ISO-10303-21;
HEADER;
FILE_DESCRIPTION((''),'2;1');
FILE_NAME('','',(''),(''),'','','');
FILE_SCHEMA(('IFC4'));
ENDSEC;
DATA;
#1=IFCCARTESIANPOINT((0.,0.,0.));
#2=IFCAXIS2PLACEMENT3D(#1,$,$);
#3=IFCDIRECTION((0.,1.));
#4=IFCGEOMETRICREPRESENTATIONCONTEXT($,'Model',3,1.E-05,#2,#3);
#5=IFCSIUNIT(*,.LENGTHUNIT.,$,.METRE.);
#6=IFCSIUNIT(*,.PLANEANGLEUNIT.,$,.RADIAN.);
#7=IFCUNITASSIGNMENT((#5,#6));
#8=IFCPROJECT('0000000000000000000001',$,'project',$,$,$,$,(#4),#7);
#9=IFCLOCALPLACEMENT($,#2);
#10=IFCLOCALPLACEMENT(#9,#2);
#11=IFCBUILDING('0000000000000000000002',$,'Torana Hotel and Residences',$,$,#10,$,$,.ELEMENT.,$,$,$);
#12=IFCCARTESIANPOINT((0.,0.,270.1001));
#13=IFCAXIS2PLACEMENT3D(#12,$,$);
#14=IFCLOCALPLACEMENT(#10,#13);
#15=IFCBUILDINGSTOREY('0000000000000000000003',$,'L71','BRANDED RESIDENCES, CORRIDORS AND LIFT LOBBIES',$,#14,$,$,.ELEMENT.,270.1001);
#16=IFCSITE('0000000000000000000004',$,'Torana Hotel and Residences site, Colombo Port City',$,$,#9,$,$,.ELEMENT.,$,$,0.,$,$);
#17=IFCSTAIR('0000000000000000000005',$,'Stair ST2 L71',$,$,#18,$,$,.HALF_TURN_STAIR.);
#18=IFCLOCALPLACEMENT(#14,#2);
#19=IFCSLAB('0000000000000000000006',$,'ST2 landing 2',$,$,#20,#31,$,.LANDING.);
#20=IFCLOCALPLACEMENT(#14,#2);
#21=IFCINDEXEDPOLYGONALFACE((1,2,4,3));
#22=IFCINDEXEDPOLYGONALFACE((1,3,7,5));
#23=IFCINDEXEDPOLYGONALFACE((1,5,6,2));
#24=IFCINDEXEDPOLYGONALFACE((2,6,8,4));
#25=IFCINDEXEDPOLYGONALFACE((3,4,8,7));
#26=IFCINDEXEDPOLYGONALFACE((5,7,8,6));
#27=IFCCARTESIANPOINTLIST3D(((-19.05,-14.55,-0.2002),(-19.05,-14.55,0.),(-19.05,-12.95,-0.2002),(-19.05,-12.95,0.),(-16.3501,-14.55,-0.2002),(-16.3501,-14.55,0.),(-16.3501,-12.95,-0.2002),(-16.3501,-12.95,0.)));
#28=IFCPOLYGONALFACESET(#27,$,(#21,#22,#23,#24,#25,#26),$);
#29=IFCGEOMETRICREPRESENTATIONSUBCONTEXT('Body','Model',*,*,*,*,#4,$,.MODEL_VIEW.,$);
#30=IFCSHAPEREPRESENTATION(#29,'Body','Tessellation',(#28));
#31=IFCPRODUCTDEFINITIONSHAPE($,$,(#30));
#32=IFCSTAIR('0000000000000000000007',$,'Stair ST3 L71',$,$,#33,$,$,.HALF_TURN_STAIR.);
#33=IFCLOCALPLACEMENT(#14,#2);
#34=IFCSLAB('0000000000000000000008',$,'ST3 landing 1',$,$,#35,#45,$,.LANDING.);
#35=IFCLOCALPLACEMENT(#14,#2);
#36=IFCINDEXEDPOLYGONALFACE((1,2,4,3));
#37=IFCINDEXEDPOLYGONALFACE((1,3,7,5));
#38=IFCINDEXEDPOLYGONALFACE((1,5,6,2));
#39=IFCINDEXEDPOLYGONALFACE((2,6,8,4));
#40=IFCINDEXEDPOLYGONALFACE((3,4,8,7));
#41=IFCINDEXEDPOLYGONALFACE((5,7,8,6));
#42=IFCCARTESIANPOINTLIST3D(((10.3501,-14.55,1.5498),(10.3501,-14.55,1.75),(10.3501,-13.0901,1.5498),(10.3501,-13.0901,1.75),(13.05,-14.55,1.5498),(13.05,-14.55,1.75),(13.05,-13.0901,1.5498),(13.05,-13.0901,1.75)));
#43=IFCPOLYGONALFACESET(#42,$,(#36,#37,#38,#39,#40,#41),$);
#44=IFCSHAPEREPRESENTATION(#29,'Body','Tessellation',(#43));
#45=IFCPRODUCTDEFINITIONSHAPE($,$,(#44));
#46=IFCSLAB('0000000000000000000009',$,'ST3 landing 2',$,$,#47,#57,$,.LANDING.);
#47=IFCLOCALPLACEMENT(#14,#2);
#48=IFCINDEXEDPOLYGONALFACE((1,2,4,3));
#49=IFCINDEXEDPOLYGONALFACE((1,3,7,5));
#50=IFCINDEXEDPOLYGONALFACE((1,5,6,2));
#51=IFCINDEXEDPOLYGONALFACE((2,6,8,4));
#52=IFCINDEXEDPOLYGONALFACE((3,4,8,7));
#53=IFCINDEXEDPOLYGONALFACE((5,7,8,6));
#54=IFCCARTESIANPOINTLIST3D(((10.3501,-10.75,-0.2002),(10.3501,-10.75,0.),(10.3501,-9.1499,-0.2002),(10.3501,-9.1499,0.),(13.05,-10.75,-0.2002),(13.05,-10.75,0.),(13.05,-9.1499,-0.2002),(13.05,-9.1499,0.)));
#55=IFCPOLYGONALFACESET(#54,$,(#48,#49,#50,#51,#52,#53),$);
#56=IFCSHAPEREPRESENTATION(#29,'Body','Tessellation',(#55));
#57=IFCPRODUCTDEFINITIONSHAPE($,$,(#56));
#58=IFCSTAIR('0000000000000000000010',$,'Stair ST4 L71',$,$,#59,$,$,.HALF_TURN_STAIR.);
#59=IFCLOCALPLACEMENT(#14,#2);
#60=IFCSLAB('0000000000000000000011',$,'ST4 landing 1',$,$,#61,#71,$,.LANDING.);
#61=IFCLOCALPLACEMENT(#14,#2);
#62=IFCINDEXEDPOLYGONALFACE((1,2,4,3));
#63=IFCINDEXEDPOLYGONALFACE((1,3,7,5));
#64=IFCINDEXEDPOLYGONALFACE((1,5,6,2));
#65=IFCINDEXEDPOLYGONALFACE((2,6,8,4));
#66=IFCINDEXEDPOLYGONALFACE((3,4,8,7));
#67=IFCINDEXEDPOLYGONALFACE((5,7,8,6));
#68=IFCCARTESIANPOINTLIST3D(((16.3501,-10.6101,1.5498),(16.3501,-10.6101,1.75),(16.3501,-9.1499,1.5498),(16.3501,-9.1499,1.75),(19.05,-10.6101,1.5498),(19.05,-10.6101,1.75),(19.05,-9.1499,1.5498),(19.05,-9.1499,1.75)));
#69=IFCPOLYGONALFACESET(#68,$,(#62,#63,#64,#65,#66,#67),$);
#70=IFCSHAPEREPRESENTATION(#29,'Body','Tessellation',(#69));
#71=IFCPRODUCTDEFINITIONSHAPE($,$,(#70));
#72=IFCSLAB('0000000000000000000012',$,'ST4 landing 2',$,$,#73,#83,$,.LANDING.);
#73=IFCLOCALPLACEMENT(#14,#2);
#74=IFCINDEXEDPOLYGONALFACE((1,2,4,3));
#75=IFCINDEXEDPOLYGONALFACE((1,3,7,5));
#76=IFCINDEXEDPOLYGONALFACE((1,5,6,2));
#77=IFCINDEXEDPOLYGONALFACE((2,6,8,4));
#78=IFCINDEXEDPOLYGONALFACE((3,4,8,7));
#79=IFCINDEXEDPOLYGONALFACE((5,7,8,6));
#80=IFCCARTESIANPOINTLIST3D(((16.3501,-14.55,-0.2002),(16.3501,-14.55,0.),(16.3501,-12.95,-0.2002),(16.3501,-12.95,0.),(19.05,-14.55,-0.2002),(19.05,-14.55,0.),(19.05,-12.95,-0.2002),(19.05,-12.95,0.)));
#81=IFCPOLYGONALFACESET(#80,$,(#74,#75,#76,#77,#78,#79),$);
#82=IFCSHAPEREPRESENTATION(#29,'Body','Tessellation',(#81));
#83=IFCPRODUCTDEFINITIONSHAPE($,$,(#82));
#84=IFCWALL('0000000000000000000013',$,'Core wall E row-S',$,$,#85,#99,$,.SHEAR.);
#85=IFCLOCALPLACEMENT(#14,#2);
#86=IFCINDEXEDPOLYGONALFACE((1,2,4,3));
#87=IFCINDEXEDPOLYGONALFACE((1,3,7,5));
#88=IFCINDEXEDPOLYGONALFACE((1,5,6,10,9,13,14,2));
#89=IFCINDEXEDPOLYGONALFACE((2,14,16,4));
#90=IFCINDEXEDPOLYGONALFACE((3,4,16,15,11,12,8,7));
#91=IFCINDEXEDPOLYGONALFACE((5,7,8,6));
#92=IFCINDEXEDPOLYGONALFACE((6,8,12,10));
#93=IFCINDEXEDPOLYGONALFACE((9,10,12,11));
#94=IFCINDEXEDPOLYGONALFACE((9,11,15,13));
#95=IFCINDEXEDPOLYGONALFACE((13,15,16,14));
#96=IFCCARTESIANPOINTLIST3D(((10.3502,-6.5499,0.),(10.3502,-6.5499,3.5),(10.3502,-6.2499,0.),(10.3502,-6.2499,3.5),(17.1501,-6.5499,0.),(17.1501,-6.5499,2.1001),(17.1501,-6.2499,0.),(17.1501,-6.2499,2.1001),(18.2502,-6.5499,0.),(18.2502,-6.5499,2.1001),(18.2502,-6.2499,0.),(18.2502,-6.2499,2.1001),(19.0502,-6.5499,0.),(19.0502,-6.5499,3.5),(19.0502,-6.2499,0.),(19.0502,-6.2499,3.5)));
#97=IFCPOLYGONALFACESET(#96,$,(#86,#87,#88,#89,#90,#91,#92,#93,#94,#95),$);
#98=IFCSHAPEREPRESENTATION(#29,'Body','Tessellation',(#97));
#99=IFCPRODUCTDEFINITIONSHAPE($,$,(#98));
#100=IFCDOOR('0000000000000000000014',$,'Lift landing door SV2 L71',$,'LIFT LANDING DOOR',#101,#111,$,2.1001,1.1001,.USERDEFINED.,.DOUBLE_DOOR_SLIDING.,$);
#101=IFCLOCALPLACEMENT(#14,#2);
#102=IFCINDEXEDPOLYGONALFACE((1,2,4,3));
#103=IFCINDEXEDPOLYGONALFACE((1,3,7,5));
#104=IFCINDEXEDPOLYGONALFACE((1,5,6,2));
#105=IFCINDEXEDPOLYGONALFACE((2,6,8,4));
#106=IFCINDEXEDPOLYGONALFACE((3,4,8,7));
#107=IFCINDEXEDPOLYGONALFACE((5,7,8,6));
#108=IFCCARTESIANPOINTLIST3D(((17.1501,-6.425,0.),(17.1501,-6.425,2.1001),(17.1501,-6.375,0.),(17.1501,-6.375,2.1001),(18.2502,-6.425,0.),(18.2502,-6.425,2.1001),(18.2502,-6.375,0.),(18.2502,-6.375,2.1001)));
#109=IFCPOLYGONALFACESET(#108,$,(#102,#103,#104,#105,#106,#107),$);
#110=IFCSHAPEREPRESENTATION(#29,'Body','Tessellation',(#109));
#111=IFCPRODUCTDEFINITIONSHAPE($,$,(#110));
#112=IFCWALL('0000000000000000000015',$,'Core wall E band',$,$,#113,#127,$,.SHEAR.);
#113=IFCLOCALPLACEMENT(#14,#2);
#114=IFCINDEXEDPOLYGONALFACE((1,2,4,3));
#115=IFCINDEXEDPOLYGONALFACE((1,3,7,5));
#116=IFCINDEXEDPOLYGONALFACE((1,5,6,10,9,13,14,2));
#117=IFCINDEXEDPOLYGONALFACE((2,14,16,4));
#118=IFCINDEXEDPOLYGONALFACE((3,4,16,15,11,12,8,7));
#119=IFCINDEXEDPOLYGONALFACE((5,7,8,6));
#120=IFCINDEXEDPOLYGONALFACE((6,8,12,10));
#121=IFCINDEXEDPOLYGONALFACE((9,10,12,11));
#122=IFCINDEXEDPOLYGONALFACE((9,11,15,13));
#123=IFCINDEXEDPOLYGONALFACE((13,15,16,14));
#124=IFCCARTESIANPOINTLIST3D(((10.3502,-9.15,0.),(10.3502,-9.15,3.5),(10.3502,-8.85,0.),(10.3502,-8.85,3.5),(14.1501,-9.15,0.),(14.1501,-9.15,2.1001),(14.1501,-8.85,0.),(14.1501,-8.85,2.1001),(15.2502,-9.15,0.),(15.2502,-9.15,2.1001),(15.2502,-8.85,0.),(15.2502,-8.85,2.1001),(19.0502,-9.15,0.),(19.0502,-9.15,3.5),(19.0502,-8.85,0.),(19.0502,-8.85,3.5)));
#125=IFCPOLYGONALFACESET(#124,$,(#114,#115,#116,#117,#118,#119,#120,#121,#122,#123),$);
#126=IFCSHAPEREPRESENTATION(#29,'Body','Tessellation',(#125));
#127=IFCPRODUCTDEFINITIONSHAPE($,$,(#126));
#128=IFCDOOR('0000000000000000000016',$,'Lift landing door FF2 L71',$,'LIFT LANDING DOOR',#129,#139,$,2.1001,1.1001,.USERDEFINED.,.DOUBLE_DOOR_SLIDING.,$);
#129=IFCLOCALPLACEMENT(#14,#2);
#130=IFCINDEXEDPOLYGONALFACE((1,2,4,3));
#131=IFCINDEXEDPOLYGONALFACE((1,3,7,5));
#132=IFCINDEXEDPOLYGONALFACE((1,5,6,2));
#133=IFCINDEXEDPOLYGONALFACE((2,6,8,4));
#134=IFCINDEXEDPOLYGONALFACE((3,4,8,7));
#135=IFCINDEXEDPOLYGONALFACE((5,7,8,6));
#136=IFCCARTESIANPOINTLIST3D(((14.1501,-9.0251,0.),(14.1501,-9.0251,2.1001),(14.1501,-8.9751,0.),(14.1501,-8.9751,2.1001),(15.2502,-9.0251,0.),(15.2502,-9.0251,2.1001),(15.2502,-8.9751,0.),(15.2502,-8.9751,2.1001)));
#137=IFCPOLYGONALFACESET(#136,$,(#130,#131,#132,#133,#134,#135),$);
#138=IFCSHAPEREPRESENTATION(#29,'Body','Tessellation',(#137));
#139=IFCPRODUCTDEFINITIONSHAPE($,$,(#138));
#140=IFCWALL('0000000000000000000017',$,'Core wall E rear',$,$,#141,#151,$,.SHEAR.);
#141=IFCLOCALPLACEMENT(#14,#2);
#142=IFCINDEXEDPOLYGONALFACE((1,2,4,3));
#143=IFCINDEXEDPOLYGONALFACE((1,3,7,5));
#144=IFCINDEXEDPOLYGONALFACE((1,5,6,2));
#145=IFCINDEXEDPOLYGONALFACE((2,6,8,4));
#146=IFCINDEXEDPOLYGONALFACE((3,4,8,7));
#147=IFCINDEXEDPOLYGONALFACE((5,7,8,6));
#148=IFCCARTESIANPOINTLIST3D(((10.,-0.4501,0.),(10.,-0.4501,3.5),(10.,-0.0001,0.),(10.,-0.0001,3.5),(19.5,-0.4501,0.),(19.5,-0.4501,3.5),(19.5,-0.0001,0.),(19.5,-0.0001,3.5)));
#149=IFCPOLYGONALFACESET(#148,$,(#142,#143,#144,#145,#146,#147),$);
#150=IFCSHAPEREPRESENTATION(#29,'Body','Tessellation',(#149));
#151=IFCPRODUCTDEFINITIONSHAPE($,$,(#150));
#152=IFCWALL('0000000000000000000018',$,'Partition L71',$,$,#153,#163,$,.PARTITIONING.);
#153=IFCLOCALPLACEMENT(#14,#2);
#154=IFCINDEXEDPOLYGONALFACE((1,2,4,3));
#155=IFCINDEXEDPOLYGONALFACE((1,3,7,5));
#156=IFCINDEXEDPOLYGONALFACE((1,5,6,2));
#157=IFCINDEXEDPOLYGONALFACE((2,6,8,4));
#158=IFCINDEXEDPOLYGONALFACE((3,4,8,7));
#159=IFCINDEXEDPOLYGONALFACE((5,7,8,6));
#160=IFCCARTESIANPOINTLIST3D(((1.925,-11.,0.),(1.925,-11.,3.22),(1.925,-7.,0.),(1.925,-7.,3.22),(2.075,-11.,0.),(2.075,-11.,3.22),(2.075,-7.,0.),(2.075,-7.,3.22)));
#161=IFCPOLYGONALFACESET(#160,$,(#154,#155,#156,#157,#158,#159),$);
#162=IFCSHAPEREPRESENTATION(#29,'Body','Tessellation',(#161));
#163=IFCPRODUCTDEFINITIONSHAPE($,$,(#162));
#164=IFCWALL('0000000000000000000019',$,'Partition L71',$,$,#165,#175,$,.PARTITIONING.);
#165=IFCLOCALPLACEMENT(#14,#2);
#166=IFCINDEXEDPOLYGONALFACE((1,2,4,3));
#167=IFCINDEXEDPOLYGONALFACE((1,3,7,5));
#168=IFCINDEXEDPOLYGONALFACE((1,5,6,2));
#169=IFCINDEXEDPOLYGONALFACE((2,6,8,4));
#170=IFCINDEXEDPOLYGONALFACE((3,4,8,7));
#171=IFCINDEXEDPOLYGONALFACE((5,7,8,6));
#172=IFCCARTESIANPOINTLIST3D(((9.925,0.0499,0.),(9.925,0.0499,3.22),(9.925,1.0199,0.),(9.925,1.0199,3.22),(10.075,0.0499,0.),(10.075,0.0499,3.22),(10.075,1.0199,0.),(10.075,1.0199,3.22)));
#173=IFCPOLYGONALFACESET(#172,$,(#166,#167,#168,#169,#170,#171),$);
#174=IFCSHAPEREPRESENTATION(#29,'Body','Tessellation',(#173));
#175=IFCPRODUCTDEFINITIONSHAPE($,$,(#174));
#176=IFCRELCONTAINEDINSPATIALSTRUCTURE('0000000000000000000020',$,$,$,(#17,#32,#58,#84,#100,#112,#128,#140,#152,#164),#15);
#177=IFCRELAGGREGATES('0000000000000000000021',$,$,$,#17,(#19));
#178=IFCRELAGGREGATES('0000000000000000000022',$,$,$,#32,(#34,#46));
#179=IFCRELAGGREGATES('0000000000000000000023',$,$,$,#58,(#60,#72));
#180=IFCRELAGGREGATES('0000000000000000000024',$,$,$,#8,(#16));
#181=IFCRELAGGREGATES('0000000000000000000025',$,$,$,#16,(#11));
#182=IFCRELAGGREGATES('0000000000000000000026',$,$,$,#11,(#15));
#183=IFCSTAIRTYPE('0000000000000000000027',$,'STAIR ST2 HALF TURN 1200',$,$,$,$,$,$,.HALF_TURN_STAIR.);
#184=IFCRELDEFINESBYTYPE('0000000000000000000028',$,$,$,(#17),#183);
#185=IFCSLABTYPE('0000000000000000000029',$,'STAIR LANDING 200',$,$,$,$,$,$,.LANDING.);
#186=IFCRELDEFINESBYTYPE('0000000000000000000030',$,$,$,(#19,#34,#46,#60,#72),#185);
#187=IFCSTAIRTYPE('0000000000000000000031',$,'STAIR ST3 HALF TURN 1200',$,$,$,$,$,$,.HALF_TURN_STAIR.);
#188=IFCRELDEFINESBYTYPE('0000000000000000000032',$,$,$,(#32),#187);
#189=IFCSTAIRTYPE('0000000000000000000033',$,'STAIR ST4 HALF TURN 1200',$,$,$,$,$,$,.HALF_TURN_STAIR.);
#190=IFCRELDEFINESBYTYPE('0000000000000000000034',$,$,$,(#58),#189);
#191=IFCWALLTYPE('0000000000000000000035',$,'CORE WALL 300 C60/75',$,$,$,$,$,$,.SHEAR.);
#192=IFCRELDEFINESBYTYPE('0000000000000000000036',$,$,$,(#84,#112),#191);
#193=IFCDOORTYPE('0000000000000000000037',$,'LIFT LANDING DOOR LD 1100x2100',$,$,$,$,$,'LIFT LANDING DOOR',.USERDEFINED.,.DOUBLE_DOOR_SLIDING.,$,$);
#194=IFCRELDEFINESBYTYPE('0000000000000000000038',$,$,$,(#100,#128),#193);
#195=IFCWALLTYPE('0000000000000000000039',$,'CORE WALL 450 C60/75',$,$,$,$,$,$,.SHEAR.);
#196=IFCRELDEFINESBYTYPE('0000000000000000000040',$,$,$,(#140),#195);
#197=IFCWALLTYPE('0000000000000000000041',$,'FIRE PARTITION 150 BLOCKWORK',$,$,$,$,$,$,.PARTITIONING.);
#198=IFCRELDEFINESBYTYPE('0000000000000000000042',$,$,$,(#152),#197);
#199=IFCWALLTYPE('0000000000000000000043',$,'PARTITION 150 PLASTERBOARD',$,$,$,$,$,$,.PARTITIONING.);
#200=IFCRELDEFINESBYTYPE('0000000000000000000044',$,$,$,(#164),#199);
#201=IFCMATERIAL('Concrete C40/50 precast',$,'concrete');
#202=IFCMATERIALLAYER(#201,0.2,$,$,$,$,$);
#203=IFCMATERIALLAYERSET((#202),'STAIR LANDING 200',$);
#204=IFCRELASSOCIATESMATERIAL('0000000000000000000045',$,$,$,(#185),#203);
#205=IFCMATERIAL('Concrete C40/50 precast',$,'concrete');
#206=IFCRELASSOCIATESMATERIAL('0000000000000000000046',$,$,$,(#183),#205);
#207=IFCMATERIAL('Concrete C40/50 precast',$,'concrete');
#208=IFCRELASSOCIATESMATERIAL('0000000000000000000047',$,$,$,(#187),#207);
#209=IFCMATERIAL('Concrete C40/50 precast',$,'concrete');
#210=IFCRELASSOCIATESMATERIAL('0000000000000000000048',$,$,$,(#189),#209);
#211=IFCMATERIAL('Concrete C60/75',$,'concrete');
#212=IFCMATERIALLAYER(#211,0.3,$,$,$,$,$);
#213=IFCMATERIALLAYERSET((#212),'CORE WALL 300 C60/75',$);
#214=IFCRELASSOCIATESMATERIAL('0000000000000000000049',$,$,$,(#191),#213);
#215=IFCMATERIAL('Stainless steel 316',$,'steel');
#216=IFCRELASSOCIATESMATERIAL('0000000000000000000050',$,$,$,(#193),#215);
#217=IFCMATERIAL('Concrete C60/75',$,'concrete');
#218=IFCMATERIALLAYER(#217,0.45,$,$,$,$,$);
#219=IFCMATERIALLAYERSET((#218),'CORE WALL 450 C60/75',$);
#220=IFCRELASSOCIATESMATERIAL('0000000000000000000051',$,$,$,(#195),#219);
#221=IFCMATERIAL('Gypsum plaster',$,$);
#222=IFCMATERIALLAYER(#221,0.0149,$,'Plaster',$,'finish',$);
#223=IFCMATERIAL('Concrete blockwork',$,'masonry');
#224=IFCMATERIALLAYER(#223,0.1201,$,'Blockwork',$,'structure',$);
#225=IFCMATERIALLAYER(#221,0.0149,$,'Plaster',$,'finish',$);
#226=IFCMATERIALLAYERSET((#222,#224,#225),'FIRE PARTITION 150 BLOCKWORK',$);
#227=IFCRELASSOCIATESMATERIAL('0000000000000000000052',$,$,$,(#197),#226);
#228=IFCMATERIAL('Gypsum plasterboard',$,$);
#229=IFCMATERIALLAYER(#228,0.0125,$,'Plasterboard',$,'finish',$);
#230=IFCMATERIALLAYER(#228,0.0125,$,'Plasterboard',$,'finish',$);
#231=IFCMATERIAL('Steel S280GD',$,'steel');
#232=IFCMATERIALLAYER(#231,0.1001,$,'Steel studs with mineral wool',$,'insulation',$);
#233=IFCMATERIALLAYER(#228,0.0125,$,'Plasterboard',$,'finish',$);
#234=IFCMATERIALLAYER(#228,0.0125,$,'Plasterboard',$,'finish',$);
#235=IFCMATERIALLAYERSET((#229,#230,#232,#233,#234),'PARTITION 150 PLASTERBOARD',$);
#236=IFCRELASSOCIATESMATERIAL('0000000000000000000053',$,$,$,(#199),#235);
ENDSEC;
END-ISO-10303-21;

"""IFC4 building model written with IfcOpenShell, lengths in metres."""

from ifc_helpers import new_model, si_unit, direction, frame, frame_2d, origin, place, context, subcontext, project, spatial, polyline, rectangle, outline, extrude, material, layer, layer_set, type_object, element, fill, aggregate, save


model = new_model("IFC4")

# Units and contexts
model_context = context("Model", 3, precision=1e-05, world=origin(), true_north=direction((0.0, 1.0)))
body_context = subcontext(model_context, "Body", "Model", "MODEL_VIEW")
ifc_project = project(units=[si_unit("LENGTHUNIT", "METRE"), si_unit("PLANEANGLEUNIT", "RADIAN")], contexts=[model_context])

# Site, building, storey
site_placement = place(None, origin())
site = spatial("IfcSite", under=ifc_project, at=site_placement, Name="Torana Hotel and Residences site, Colombo Port City", CompositionType="ELEMENT", RefElevation=0.0)
building_placement = place(site_placement, origin())
building = spatial("IfcBuilding", under=site, at=building_placement, Name="Torana Hotel and Residences", CompositionType="ELEMENT")
storey_placement = place(building_placement, frame((0.0, 0.0, 270.1001)))
storey = spatial("IfcBuildingStorey", under=building, at=storey_placement, Name="L71", Description="BRANDED RESIDENCES, CORRIDORS AND LIFT LOBBIES", CompositionType="ELEMENT", Elevation=270.1001)

# Stairs, slabs
ifc_material_1 = material(Name="Concrete C40/50 precast", Category="concrete")
ifc_layer_1 = layer(ifc_material_1, 0.2)
ifc_layer_set_1 = layer_set([ifc_layer_1], Name="STAIR LANDING 200")
slab_type_1 = type_object("IfcSlabType", Name="STAIR LANDING 200", PredefinedType="LANDING", material=ifc_layer_set_1)
ifc_material_2 = material(Name="Concrete C40/50 precast", Category="concrete")
stair_type_1 = type_object("IfcStairType", Name="STAIR ST2 HALF TURN 1200", PredefinedType="HALF_TURN_STAIR", material=ifc_material_2)
stair_1_placement = place(storey_placement, origin())
stair_1 = element("IfcStair", 1, at=stair_1_placement, inside=storey, type_object=stair_type_1, Name="Stair ST2 L71", PredefinedType="HALF_TURN_STAIR")
slab_1_placement = place(storey_placement, frame((0.0, 0.0, -0.2002)))
slab_1 = element("IfcSlab", 2, at=slab_1_placement, type_object=slab_type_1, Name="ST2 landing 2", PredefinedType="LANDING", context=body_context, shape_type="SweptSolid", body=[
    extrude(outline(polyline([(-19.05, -14.55), (-16.3501, -14.55), (-16.3501, -12.95), (-19.05, -12.95), (-19.05, -14.55)])), origin(), (0.0, 0.0, 1.0), 0.2002),
])
aggregate(stair_1, [slab_1])
ifc_material_3 = material(Name="Concrete C40/50 precast", Category="concrete")
stair_type_2 = type_object("IfcStairType", Name="STAIR ST3 HALF TURN 1200", PredefinedType="HALF_TURN_STAIR", material=ifc_material_3)
stair_2_placement = place(storey_placement, origin())
stair_2 = element("IfcStair", 3, at=stair_2_placement, inside=storey, type_object=stair_type_2, Name="Stair ST3 L71", PredefinedType="HALF_TURN_STAIR")
slab_2_placement = place(storey_placement, frame((0.0, 0.0, 1.5498)))
slab_2 = element("IfcSlab", 4, at=slab_2_placement, type_object=slab_type_1, Name="ST3 landing 1", PredefinedType="LANDING", context=body_context, shape_type="SweptSolid", body=[
    extrude(outline(polyline([(10.3501, -14.55), (13.05, -14.55), (13.05, -13.0901), (10.3501, -13.0901), (10.3501, -14.55)])), origin(), (0.0, 0.0, 1.0), 0.2002),
])
slab_3_placement = place(storey_placement, frame((0.0, 0.0, -0.2002)))
slab_3 = element("IfcSlab", 5, at=slab_3_placement, type_object=slab_type_1, Name="ST3 landing 2", PredefinedType="LANDING", context=body_context, shape_type="SweptSolid", body=[
    extrude(outline(polyline([(10.3501, -10.75), (13.05, -10.75), (13.05, -9.1499), (10.3501, -9.1499), (10.3501, -10.75)])), origin(), (0.0, 0.0, 1.0), 0.2002),
])
aggregate(stair_2, [slab_2, slab_3])
ifc_material_4 = material(Name="Concrete C40/50 precast", Category="concrete")
stair_type_3 = type_object("IfcStairType", Name="STAIR ST4 HALF TURN 1200", PredefinedType="HALF_TURN_STAIR", material=ifc_material_4)
stair_3_placement = place(storey_placement, origin())
stair_3 = element("IfcStair", 6, at=stair_3_placement, inside=storey, type_object=stair_type_3, Name="Stair ST4 L71", PredefinedType="HALF_TURN_STAIR")
slab_4_placement = place(storey_placement, frame((0.0, 0.0, 1.5498)))
slab_4 = element("IfcSlab", 7, at=slab_4_placement, type_object=slab_type_1, Name="ST4 landing 1", PredefinedType="LANDING", context=body_context, shape_type="SweptSolid", body=[
    extrude(outline(polyline([(16.3501, -10.6101), (19.05, -10.6101), (19.05, -9.1499), (16.3501, -9.1499), (16.3501, -10.6101)])), origin(), (0.0, 0.0, 1.0), 0.2002),
])
slab_5_placement = place(storey_placement, frame((0.0, 0.0, -0.2002)))
slab_5 = element("IfcSlab", 8, at=slab_5_placement, type_object=slab_type_1, Name="ST4 landing 2", PredefinedType="LANDING", context=body_context, shape_type="SweptSolid", body=[
    extrude(outline(polyline([(16.3501, -14.55), (19.05, -14.55), (19.05, -12.95), (16.3501, -12.95), (16.3501, -14.55)])), origin(), (0.0, 0.0, 1.0), 0.2002),
])
aggregate(stair_3, [slab_4, slab_5])

# Walls, openings, doors
ifc_material_5 = material(Name="Concrete C60/75", Category="concrete")
ifc_layer_2 = layer(ifc_material_5, 0.3)
ifc_layer_set_2 = layer_set([ifc_layer_2], Name="CORE WALL 300 C60/75")
wall_type_1 = type_object("IfcWallType", Name="CORE WALL 300 C60/75", PredefinedType="SHEAR", material=ifc_layer_set_2)
wall_1_placement = place(storey_placement, frame((10.3501, -6.3999, 0.0), z_axis=(0.0, 0.0, 1.0), x_axis=(1.0, 0.0, 0.0)))
wall_1 = element("IfcWall", 9, at=wall_1_placement, inside=storey, type_object=wall_type_1, Name="Core wall E row-S", PredefinedType="SHEAR", context=body_context, shape_type="SweptSolid", body=[
    extrude(rectangle(XDim=8.7, YDim=0.3, at=frame_2d((4.3501, 0.0))), origin(), (0.0, 0.0, 1.0), 3.5),
])
opening_1_placement = place(wall_1_placement, frame((6.8, 0.0, 0.0)))
opening_1 = element("IfcOpeningElement", 10, at=opening_1_placement, cuts=wall_1, PredefinedType="OPENING", context=body_context, shape_type="SweptSolid", body=[
    extrude(rectangle(XDim=1.1001, YDim=2.1001, at=frame_2d((0.55, 1.05))), frame((0.0, 0.1599, 0.0), z_axis=(0.0, -1.0, 0.0), x_axis=(1.0, 0.0, 0.0)), (0.0, 0.0, 1.0), 0.3201),
])
ifc_material_6 = material(Name="Stainless steel 316", Category="steel")
door_type = type_object("IfcDoorType", Name="LIFT LANDING DOOR LD 1100x2100", ElementType="LIFT LANDING DOOR", OperationType="DOUBLE_DOOR_SLIDING", PredefinedType="USERDEFINED", material=ifc_material_6)
door_1_placement = place(opening_1_placement, origin())
door_1 = element("IfcDoor", 11, at=door_1_placement, inside=storey, type_object=door_type, Name="Lift landing door SV2 L71", ObjectType="LIFT LANDING DOOR", OperationType="DOUBLE_DOOR_SLIDING", OverallHeight=2.1001, OverallWidth=1.1001, PredefinedType="USERDEFINED", context=body_context, shape_type="SweptSolid", body=[
    extrude(rectangle(XDim=1.1001, YDim=2.1001, at=frame_2d((0.55, 1.05))), frame((0.0, 0.0249, 0.0), z_axis=(0.0, -1.0, 0.0), x_axis=(1.0, 0.0, 0.0)), (0.0, 0.0, 1.0), 0.05),
])
fill(opening_1, door_1)
wall_2_placement = place(storey_placement, frame((10.3501, -9.0, 0.0), z_axis=(0.0, 0.0, 1.0), x_axis=(1.0, 0.0, 0.0)))
wall_2 = element("IfcWall", 12, at=wall_2_placement, inside=storey, type_object=wall_type_1, Name="Core wall E band", PredefinedType="SHEAR", context=body_context, shape_type="SweptSolid", body=[
    extrude(rectangle(XDim=8.7, YDim=0.3, at=frame_2d((4.3501, 0.0))), origin(), (0.0, 0.0, 1.0), 3.5),
])
opening_2_placement = place(wall_2_placement, frame((3.8, 0.0, 0.0)))
opening_2 = element("IfcOpeningElement", 13, at=opening_2_placement, cuts=wall_2, PredefinedType="OPENING", context=body_context, shape_type="SweptSolid", body=[
    extrude(rectangle(XDim=1.1001, YDim=2.1001, at=frame_2d((0.55, 1.05))), frame((0.0, 0.1599, 0.0), z_axis=(0.0, -1.0, 0.0), x_axis=(1.0, 0.0, 0.0)), (0.0, 0.0, 1.0), 0.3201),
])
door_2_placement = place(opening_2_placement, origin())
door_2 = element("IfcDoor", 14, at=door_2_placement, inside=storey, type_object=door_type, Name="Lift landing door FF2 L71", ObjectType="LIFT LANDING DOOR", OperationType="DOUBLE_DOOR_SLIDING", OverallHeight=2.1001, OverallWidth=1.1001, PredefinedType="USERDEFINED", context=body_context, shape_type="SweptSolid", body=[
    extrude(rectangle(XDim=1.1001, YDim=2.1001, at=frame_2d((0.55, 1.05))), frame((0.0, 0.0249, 0.0), z_axis=(0.0, -1.0, 0.0), x_axis=(1.0, 0.0, 0.0)), (0.0, 0.0, 1.0), 0.05),
])
fill(opening_2, door_2)

# Walls
ifc_material_7 = material(Name="Concrete C60/75", Category="concrete")
ifc_layer_3 = layer(ifc_material_7, 0.45)
ifc_layer_set_3 = layer_set([ifc_layer_3], Name="CORE WALL 450 C60/75")
wall_type_2 = type_object("IfcWallType", Name="CORE WALL 450 C60/75", PredefinedType="SHEAR", material=ifc_layer_set_3)
wall_3_placement = place(storey_placement, frame((10.0, -0.2251, 0.0), z_axis=(0.0, 0.0, 1.0), x_axis=(1.0, 0.0, 0.0)))
element("IfcWall", 15, at=wall_3_placement, inside=storey, type_object=wall_type_2, Name="Core wall E rear", PredefinedType="SHEAR", context=body_context, shape_type="SweptSolid", body=[
    extrude(rectangle(XDim=9.5, YDim=0.45, at=frame_2d((4.75, 0.0))), origin(), (0.0, 0.0, 1.0), 3.5),
])
ifc_material_8 = material(Name="Gypsum plaster")
ifc_layer_4 = layer(ifc_material_8, 0.0149, Name="Plaster", Category="finish")
ifc_material_9 = material(Name="Concrete blockwork", Category="masonry")
ifc_layer_5 = layer(ifc_material_9, 0.1201, Name="Blockwork", Category="structure")
ifc_layer_6 = layer(ifc_material_8, 0.0149, Name="Plaster", Category="finish")
ifc_layer_set_4 = layer_set([ifc_layer_4, ifc_layer_5, ifc_layer_6], Name="FIRE PARTITION 150 BLOCKWORK")
wall_type_3 = type_object("IfcWallType", Name="FIRE PARTITION 150 BLOCKWORK", PredefinedType="PARTITIONING", material=ifc_layer_set_4)
wall_4_placement = place(storey_placement, frame((2.0, -11.0, 0.0), z_axis=(0.0, 0.0, 1.0), x_axis=(0.0, 1.0, 0.0)))
element("IfcWall", 16, at=wall_4_placement, inside=storey, type_object=wall_type_3, Name="Partition L71", PredefinedType="PARTITIONING", context=body_context, shape_type="SweptSolid", body=[
    extrude(rectangle(XDim=4.0, YDim=0.1499, at=frame_2d((2.0, 0.0))), origin(), (0.0, 0.0, 1.0), 3.22),
])
ifc_material_10 = material(Name="Gypsum plasterboard")
ifc_layer_7 = layer(ifc_material_10, 0.0125, Name="Plasterboard", Category="finish")
ifc_layer_8 = layer(ifc_material_10, 0.0125, Name="Plasterboard", Category="finish")
ifc_material_11 = material(Name="Steel S280GD", Category="steel")
ifc_layer_9 = layer(ifc_material_11, 0.1001, Name="Steel studs with mineral wool", Category="insulation")
ifc_layer_10 = layer(ifc_material_10, 0.0125, Name="Plasterboard", Category="finish")
ifc_layer_11 = layer(ifc_material_10, 0.0125, Name="Plasterboard", Category="finish")
ifc_layer_set_5 = layer_set([ifc_layer_7, ifc_layer_8, ifc_layer_9, ifc_layer_10, ifc_layer_11], Name="PARTITION 150 PLASTERBOARD")
wall_type_4 = type_object("IfcWallType", Name="PARTITION 150 PLASTERBOARD", PredefinedType="PARTITIONING", material=ifc_layer_set_5)
wall_5_placement = place(storey_placement, frame((10.0, 0.05, 0.0), z_axis=(0.0, 0.0, 1.0), x_axis=(0.0, 1.0, 0.0)))
element("IfcWall", 17, at=wall_5_placement, inside=storey, type_object=wall_type_4, Name="Partition L71", PredefinedType="PARTITIONING", context=body_context, shape_type="SweptSolid", body=[
    extrude(rectangle(XDim=0.97, YDim=0.1499, at=frame_2d((0.4849, 0.0))), origin(), (0.0, 0.0, 1.0), 3.22),
])

save(model, "model.ifc")
